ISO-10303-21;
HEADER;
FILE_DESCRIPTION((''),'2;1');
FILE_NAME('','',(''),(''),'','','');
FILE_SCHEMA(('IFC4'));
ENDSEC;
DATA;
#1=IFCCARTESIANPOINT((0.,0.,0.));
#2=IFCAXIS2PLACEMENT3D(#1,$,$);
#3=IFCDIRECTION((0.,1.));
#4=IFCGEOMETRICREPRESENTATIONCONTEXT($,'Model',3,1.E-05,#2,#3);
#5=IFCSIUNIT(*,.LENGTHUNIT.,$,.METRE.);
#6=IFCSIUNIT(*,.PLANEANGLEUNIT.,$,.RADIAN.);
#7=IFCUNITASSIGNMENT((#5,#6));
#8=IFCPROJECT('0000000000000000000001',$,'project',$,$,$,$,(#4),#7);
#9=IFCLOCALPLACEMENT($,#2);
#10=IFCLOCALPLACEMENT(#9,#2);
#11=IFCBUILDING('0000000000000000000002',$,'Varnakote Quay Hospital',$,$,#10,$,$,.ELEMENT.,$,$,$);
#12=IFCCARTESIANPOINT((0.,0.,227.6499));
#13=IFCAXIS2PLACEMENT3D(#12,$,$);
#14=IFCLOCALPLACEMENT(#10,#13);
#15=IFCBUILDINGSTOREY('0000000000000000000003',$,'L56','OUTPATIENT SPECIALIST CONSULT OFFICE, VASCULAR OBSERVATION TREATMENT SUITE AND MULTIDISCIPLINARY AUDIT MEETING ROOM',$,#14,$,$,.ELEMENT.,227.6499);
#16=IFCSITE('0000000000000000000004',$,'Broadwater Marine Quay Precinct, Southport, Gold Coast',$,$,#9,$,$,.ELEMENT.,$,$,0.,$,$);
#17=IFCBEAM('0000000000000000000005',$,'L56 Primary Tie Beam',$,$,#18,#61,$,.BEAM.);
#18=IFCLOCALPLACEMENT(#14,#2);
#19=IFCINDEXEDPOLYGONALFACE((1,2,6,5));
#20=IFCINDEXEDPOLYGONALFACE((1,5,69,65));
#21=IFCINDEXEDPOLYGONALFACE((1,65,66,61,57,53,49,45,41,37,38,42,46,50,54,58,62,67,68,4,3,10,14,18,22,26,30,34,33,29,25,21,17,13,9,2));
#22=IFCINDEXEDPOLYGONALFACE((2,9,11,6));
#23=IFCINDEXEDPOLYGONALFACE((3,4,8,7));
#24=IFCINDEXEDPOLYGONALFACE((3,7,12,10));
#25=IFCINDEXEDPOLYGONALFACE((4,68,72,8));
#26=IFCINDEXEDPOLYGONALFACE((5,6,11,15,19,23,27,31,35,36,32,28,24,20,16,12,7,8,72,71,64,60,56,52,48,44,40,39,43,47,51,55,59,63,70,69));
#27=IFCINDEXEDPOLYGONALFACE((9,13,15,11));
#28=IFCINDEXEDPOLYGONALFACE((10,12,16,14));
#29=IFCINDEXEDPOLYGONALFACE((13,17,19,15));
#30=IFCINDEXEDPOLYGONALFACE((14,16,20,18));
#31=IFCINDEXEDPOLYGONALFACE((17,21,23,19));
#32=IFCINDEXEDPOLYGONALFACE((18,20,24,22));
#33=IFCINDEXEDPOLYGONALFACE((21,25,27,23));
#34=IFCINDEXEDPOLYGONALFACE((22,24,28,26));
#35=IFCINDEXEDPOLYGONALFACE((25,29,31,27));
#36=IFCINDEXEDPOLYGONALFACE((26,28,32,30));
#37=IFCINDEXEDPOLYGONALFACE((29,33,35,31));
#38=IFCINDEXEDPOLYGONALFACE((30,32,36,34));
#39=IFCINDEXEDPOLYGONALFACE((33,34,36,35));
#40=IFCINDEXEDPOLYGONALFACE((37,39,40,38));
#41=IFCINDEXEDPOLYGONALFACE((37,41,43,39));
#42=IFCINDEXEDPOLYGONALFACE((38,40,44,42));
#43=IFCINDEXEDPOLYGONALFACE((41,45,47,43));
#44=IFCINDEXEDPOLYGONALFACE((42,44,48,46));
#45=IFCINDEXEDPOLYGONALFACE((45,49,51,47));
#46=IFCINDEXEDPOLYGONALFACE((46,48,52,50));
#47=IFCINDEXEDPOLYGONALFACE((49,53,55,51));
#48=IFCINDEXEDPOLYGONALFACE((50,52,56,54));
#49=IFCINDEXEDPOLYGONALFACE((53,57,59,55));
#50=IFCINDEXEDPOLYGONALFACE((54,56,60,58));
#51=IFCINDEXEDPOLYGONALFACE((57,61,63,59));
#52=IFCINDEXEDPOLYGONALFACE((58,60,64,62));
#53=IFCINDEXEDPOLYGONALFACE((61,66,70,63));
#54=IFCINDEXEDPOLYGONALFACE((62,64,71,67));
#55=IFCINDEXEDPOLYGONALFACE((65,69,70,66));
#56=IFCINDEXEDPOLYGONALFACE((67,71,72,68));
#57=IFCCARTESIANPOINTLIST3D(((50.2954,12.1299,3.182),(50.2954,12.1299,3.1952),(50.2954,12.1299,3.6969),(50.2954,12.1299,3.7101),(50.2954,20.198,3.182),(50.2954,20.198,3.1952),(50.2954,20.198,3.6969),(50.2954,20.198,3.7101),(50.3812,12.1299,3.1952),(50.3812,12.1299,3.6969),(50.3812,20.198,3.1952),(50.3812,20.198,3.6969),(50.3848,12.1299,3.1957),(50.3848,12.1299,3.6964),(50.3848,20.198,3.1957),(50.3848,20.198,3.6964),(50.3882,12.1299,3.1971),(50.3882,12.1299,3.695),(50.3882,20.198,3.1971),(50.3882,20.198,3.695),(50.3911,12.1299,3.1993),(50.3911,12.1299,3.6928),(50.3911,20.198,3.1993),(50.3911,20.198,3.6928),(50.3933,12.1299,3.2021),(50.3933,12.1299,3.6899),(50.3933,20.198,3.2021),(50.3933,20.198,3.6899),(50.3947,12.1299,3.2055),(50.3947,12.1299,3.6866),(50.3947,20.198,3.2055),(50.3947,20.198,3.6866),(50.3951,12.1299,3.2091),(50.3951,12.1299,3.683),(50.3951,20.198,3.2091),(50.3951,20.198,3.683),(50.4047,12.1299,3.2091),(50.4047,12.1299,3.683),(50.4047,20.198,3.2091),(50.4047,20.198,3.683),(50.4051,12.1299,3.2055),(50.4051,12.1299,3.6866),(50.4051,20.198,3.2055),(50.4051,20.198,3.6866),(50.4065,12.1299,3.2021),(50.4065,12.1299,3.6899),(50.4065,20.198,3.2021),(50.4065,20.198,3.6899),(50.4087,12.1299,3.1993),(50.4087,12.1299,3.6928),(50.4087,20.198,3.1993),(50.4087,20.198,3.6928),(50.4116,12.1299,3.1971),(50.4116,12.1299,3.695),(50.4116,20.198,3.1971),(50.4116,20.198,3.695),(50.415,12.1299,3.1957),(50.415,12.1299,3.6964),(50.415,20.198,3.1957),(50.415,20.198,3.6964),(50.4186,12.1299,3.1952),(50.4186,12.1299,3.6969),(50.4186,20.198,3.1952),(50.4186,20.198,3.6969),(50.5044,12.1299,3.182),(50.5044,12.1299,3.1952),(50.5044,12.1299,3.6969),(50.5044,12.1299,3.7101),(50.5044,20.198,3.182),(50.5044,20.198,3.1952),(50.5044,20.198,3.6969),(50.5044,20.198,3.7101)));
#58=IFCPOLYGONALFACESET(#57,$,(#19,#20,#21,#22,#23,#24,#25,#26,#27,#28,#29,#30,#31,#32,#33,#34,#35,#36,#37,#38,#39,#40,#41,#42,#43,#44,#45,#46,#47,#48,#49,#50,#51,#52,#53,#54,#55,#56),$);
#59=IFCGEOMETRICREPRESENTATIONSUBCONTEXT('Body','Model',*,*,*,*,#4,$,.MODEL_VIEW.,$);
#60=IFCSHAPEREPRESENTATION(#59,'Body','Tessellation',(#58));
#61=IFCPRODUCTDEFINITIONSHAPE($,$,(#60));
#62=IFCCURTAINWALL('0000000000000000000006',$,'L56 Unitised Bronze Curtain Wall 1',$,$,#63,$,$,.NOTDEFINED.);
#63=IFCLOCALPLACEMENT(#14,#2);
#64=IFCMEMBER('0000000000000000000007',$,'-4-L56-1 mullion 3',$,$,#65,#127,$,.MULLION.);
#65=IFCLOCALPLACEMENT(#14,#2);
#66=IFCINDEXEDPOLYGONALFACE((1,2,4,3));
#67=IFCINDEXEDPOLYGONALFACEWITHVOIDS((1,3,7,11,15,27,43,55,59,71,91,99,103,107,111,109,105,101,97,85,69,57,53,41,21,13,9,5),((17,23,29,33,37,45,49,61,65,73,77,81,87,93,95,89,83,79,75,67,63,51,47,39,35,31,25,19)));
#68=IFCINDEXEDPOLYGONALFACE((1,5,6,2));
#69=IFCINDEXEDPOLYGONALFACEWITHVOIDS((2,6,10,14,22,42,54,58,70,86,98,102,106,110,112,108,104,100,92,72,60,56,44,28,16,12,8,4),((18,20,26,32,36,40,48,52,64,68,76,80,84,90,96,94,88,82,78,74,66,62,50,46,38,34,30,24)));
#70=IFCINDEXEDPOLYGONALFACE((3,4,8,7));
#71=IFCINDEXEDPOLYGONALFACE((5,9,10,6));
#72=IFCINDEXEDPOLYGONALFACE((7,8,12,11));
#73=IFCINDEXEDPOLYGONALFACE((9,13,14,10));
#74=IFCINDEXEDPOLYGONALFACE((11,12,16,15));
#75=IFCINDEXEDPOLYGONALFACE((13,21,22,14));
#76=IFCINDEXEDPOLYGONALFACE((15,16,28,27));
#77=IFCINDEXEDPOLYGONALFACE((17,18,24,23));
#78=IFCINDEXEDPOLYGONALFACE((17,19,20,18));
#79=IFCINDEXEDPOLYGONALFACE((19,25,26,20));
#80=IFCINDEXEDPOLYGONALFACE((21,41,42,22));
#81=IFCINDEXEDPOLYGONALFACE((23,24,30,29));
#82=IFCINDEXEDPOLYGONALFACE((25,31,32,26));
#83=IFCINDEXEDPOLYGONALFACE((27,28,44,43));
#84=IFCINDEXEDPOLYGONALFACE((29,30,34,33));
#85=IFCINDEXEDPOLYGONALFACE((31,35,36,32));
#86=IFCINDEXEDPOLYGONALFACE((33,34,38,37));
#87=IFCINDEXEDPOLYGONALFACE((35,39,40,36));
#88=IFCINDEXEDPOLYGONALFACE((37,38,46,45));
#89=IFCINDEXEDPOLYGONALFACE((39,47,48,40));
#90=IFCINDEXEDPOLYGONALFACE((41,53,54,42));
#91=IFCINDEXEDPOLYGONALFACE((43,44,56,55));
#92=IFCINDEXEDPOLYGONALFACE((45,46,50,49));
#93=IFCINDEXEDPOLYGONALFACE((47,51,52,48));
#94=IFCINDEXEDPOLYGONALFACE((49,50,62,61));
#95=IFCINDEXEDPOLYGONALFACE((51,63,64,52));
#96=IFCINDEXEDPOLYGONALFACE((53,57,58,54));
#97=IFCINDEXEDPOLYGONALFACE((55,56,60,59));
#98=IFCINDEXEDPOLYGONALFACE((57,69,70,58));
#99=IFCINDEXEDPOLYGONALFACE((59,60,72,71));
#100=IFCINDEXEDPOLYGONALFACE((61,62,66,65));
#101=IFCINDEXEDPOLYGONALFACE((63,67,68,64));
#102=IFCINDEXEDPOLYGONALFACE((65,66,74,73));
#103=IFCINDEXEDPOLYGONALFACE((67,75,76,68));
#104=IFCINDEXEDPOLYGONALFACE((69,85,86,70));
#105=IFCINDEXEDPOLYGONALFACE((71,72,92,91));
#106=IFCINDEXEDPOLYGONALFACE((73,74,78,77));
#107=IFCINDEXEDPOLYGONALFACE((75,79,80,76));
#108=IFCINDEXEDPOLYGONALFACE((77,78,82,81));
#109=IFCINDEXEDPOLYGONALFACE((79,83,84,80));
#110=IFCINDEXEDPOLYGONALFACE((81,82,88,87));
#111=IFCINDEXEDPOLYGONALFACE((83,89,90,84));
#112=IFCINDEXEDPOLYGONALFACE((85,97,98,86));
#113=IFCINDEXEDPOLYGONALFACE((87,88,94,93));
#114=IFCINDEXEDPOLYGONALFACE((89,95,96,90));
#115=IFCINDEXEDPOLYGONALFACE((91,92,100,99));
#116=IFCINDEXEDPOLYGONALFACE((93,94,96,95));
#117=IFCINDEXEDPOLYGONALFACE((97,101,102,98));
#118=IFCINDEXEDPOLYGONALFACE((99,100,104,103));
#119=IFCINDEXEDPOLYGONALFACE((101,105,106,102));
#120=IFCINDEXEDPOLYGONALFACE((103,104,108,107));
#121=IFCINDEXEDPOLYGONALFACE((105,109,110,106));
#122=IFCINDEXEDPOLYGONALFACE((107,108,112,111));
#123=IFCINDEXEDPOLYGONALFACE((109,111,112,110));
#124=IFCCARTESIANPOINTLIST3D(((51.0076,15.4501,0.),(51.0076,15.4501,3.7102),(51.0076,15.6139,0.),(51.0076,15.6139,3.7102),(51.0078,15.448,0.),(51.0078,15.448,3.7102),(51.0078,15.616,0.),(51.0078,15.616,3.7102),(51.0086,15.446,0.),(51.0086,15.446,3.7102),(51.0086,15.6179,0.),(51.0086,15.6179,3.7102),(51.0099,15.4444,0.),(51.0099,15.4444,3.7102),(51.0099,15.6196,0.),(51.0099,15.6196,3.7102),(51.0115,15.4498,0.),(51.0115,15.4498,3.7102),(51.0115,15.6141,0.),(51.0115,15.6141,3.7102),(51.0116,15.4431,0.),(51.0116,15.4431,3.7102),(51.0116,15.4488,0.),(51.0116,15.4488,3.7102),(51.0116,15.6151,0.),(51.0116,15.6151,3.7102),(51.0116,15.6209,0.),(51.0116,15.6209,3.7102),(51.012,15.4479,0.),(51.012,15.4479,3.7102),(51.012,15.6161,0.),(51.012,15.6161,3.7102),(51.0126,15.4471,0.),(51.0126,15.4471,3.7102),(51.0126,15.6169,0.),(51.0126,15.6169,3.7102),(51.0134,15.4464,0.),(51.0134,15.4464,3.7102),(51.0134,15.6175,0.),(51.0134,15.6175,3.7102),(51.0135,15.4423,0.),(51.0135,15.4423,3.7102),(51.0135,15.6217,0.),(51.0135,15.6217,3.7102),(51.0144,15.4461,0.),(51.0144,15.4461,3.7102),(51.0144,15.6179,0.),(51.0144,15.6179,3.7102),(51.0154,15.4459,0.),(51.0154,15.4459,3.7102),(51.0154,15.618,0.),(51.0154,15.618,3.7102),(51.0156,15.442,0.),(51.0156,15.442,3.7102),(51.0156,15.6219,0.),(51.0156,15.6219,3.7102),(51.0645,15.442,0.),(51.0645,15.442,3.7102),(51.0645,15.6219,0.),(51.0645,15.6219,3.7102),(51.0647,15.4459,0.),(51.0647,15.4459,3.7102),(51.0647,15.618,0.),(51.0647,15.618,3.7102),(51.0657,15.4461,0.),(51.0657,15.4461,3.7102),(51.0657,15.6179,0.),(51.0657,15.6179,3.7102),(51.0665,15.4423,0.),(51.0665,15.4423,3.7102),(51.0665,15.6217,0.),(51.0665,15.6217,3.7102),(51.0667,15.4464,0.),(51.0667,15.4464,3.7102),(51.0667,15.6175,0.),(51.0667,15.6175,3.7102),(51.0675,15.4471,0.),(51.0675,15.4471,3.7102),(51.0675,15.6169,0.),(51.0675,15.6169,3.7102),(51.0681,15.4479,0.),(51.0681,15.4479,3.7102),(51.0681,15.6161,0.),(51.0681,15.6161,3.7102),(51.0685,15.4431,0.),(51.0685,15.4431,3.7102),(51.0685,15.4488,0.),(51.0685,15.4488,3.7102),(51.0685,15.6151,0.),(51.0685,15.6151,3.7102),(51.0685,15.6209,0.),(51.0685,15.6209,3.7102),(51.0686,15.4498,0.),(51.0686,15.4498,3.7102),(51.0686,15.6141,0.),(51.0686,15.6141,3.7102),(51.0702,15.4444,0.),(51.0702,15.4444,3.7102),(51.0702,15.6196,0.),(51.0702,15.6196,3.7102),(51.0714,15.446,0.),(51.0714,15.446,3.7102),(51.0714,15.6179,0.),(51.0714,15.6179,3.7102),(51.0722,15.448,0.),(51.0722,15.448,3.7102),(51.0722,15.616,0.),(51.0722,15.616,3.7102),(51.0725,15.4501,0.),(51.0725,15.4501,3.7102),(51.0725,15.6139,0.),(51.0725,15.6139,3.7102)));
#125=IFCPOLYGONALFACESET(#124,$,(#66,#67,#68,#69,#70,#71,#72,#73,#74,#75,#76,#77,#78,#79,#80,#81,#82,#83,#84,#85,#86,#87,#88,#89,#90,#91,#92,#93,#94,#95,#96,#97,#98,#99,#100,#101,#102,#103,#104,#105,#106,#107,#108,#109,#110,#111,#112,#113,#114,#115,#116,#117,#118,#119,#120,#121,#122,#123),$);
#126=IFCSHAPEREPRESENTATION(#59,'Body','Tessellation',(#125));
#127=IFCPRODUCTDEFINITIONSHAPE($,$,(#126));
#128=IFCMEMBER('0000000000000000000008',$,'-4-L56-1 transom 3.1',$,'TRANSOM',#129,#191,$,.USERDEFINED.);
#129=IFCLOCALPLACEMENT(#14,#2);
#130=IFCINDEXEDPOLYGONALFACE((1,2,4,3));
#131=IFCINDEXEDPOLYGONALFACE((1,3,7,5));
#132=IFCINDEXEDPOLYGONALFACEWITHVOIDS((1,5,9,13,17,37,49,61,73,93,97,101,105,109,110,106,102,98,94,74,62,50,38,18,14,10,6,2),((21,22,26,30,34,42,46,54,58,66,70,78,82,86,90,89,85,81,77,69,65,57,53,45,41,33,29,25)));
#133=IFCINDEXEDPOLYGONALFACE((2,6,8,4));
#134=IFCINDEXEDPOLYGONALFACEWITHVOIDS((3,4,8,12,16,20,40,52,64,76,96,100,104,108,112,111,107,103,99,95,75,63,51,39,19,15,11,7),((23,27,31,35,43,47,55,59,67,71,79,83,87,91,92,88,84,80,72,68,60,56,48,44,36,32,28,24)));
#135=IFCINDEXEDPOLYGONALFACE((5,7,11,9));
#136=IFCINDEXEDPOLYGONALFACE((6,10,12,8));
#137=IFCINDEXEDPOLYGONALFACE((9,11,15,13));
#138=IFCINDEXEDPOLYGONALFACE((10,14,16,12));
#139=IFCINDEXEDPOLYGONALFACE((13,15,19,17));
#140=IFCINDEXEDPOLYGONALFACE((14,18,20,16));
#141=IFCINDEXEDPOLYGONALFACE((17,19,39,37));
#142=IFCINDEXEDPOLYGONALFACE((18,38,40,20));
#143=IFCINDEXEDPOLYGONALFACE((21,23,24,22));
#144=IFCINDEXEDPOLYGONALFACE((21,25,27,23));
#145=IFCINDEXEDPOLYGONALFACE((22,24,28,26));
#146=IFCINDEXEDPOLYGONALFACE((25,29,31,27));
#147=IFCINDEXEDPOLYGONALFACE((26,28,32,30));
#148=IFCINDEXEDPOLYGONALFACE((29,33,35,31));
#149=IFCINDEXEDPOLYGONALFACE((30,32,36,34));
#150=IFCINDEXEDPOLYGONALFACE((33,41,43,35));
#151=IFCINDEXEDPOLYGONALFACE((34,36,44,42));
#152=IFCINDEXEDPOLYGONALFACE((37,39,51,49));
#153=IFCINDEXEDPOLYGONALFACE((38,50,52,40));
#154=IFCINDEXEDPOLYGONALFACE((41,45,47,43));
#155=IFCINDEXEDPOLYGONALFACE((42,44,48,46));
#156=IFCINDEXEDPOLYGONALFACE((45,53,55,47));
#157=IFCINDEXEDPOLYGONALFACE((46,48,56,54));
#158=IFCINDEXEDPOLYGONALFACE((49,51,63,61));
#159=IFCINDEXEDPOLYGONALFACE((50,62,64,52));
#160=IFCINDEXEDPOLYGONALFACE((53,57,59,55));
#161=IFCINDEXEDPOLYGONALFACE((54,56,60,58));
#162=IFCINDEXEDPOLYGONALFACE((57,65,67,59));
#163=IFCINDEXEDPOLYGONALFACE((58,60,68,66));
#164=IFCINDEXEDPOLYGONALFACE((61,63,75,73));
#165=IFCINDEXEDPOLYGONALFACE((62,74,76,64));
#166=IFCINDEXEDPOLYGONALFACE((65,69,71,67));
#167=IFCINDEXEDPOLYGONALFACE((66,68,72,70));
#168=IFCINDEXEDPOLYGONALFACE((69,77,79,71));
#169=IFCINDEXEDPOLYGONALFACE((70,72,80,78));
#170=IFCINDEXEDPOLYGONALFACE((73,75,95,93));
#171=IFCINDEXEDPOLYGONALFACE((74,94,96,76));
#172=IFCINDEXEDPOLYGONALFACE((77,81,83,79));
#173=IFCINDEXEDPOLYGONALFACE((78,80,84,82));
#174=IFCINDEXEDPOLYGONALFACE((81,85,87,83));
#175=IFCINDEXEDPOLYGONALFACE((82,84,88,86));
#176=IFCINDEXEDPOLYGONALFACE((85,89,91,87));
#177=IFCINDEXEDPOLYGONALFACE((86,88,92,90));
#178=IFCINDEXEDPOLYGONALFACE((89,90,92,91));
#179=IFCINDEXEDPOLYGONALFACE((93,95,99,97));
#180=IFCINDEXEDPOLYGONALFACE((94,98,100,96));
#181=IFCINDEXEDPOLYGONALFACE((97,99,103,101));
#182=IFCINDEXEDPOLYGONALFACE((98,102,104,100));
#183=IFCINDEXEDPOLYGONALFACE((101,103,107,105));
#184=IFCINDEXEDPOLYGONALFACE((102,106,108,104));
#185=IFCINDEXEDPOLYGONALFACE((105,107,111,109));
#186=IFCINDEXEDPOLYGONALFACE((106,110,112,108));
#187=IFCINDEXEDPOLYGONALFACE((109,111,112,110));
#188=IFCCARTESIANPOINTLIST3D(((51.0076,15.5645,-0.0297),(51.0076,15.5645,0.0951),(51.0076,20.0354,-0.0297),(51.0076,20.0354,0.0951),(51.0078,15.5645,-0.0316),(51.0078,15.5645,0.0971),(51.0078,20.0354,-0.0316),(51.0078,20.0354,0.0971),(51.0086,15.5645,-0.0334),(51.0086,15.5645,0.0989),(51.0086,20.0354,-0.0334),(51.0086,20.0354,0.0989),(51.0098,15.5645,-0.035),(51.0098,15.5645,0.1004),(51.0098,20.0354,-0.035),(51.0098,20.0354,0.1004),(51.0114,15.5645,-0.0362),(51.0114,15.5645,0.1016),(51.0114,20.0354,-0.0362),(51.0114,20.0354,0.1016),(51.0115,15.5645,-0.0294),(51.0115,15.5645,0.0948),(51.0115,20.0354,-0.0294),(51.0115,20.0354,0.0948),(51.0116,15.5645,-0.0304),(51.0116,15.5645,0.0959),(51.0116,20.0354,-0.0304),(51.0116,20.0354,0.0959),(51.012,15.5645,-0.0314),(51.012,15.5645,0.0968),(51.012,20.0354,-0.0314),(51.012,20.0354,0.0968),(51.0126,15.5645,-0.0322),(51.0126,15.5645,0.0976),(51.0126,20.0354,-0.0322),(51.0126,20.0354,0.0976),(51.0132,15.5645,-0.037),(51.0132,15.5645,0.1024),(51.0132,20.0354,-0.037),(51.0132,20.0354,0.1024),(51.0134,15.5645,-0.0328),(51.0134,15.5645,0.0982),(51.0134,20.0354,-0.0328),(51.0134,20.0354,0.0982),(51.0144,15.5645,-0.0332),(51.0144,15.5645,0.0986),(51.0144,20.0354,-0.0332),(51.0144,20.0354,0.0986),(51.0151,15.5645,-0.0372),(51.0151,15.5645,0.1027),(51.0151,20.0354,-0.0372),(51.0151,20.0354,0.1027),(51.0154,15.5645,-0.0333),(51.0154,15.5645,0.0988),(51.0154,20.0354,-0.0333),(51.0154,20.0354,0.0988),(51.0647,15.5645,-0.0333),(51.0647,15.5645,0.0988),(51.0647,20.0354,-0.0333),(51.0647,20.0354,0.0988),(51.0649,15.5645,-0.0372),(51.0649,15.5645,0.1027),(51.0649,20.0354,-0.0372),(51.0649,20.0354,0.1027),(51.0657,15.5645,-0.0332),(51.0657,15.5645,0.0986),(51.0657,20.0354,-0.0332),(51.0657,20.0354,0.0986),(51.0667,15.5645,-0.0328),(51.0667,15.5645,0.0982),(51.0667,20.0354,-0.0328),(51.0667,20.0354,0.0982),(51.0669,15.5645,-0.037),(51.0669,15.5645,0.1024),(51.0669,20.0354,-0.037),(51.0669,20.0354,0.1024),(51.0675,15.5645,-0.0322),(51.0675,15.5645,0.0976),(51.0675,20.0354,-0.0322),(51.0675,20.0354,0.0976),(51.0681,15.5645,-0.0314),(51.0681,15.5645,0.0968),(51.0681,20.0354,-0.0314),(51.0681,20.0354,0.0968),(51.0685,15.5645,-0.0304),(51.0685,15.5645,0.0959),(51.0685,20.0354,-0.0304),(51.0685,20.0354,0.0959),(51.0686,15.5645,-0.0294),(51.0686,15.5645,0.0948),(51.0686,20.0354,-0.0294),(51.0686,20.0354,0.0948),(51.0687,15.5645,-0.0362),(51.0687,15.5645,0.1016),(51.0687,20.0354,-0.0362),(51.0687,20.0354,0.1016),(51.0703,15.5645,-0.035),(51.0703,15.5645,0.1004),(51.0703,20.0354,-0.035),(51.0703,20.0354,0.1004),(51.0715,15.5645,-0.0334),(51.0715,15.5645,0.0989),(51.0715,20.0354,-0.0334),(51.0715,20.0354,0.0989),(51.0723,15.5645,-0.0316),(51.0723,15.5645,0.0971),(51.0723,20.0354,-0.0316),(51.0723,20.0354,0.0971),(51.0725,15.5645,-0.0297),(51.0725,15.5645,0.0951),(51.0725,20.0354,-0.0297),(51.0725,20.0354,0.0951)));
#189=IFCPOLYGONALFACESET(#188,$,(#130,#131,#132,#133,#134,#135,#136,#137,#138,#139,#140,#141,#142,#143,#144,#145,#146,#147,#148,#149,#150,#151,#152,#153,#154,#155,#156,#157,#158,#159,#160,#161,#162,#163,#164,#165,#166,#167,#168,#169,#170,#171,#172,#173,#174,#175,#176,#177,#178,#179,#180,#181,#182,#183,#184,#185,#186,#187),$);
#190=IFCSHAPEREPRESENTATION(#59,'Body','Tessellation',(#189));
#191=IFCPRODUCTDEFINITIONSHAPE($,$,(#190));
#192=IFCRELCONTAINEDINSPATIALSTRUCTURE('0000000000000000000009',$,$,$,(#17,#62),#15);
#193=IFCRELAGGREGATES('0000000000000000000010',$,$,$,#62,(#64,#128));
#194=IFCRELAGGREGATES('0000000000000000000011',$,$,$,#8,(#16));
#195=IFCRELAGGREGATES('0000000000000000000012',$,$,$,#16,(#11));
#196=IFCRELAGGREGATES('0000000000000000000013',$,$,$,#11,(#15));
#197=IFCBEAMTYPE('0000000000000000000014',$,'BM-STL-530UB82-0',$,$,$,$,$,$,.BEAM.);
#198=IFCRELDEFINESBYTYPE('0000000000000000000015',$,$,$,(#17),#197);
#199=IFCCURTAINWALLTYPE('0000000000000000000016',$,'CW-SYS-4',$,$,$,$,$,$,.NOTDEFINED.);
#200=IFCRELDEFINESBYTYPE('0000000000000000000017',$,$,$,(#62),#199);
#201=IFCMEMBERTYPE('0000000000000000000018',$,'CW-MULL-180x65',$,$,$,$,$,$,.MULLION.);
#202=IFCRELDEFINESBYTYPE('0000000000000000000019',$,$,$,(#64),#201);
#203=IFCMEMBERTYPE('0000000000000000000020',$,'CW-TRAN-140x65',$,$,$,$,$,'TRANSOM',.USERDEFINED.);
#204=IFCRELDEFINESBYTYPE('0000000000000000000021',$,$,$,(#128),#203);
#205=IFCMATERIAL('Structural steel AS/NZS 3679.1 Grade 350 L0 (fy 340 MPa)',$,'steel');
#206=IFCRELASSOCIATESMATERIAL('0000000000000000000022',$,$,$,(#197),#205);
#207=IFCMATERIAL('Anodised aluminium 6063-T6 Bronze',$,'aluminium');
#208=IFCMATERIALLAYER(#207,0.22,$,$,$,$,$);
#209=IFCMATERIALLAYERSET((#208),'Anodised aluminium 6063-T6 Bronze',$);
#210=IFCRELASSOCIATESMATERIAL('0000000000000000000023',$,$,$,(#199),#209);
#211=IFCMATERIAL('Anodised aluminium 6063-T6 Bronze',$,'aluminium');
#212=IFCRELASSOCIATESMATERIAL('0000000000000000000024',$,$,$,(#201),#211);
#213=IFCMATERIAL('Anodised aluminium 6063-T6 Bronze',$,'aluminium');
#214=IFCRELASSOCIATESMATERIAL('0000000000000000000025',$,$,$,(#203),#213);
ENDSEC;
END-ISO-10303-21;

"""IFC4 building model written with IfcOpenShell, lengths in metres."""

from ifc_helpers import new_model, si_unit, direction, frame, origin, origin_2d, place, context, subcontext, project, spatial, hollow_rectangle, i_section, extrude, material, layer, layer_set, material_profile, profile_set, type_object, element, aggregate, save


model = new_model("IFC4")

# Units and contexts
model_context = context("Model", 3, precision=1e-05, world=origin(), true_north=direction((0.0, 1.0)))
body_context = subcontext(model_context, "Body", "Model", "MODEL_VIEW")
ifc_project = project(units=[si_unit("LENGTHUNIT", "METRE"), si_unit("PLANEANGLEUNIT", "RADIAN")], contexts=[model_context])

# Site, building, storey
site_placement = place(None, origin())
site = spatial("IfcSite", under=ifc_project, at=site_placement, Name="Broadwater Marine Quay Precinct, Southport, Gold Coast", CompositionType="ELEMENT", RefElevation=0.0)
building_placement = place(site_placement, origin())
building = spatial("IfcBuilding", under=site, at=building_placement, Name="Varnakote Quay Hospital", CompositionType="ELEMENT")
storey_placement = place(building_placement, frame((0.0, 0.0, 227.6499)))
storey = spatial("IfcBuildingStorey", under=building, at=storey_placement, Name="L56", Description="OUTPATIENT SPECIALIST CONSULT OFFICE, VASCULAR OBSERVATION TREATMENT SUITE AND MULTIDISCIPLINARY AUDIT MEETING ROOM", CompositionType="ELEMENT", Elevation=227.6499)

# Beam
ifc_material_1 = material(Name="Structural steel AS/NZS 3679.1 Grade 350 L0 (fy 340 MPa)", Category="steel")
ifc_material_profile_1 = material_profile(ifc_material_1, i_section(OverallWidth=0.209, OverallDepth=0.5281, WebThickness=0.0095, FlangeThickness=0.0132, FilletRadius=0.0139, at=origin_2d()), Name="530UB82.0")
ifc_profile_set_1 = profile_set([ifc_material_profile_1], Name="Structural steel AS/NZS 3679.1 Grade 350 L0 (fy 340 MPa)")
beam_type = type_object("IfcBeamType", Name="BM-STL-530UB82-0", PredefinedType="BEAM", material=ifc_profile_set_1)
beam_placement = place(storey_placement, frame((50.3999, 12.1299, 3.446), z_axis=(0.0, 1.0, 0.0), x_axis=(-1.0, 0.0, 0.0)))
element("IfcBeam", 1, at=beam_placement, inside=storey, type_object=beam_type, Name="L56 Primary Tie Beam", PredefinedType="BEAM", context=body_context, shape_type="SweptSolid", body=[
    extrude(i_section(OverallWidth=0.209, OverallDepth=0.5281, WebThickness=0.0095, FlangeThickness=0.0132, FilletRadius=0.0139, at=origin_2d()), origin(), (0.0, 0.0, 1.0), 8.0681),
])

# Curtain wall, members
ifc_material_2 = material(Name="Anodised aluminium 6063-T6 Bronze", Category="aluminium")
ifc_layer_1 = layer(ifc_material_2, 0.22)
ifc_layer_set_1 = layer_set([ifc_layer_1], Name="Anodised aluminium 6063-T6 Bronze")
curtain_wall_type = type_object("IfcCurtainWallType", Name="CW-SYS-4", PredefinedType="NOTDEFINED", material=ifc_layer_set_1)
curtain_wall_placement = place(storey_placement, origin())
curtain_wall = element("IfcCurtainWall", 2, at=curtain_wall_placement, inside=storey, type_object=curtain_wall_type, Name="L56 Unitised Bronze Curtain Wall 1", PredefinedType="NOTDEFINED")
ifc_material_3 = material(Name="Anodised aluminium 6063-T6 Bronze", Category="aluminium")
ifc_material_profile_2 = material_profile(ifc_material_3, hollow_rectangle(XDim=0.0649, YDim=0.1799, WallThickness=0.0039, InnerFilletRadius=0.0039, OuterFilletRadius=0.0081, at=origin_2d()), Name="CW-MULL-180x65")
ifc_profile_set_2 = profile_set([ifc_material_profile_2], Name="Anodised aluminium 6063-T6 Bronze")
member_type_1 = type_object("IfcMemberType", Name="CW-MULL-180x65", PredefinedType="MULLION", material=ifc_profile_set_2)
member_1_placement = place(storey_placement, frame((51.04, 15.532, 0.0), z_axis=(0.0, 0.0, 1.0), x_axis=(-1.0, 0.0, 0.0)))
member_1 = element("IfcMember", 3, at=member_1_placement, type_object=member_type_1, Name="-4-L56-1 mullion 3", PredefinedType="MULLION", context=body_context, shape_type="SweptSolid", body=[
    extrude(hollow_rectangle(XDim=0.0649, YDim=0.1799, WallThickness=0.0039, InnerFilletRadius=0.0039, OuterFilletRadius=0.0081, at=origin_2d()), origin(), (0.0, 0.0, 1.0), 3.7102),
])
ifc_material_4 = material(Name="Anodised aluminium 6063-T6 Bronze", Category="aluminium")
ifc_material_profile_3 = material_profile(ifc_material_4, hollow_rectangle(XDim=0.0649, YDim=0.1399, WallThickness=0.0039, InnerFilletRadius=0.0039, OuterFilletRadius=0.0076, at=origin_2d()), Name="CW-TRAN-140x65")
ifc_profile_set_3 = profile_set([ifc_material_profile_3], Name="Anodised aluminium 6063-T6 Bronze")
member_type_2 = type_object("IfcMemberType", Name="CW-TRAN-140x65", ElementType="TRANSOM", PredefinedType="USERDEFINED", material=ifc_profile_set_3)
member_2_placement = place(storey_placement, frame((51.04, 15.5645, 0.0327), z_axis=(0.0, 1.0, 0.0), x_axis=(-1.0, 0.0, 0.0)))
member_2 = element("IfcMember", 4, at=member_2_placement, type_object=member_type_2, Name="-4-L56-1 transom 3.1", ObjectType="TRANSOM", PredefinedType="USERDEFINED", context=body_context, shape_type="SweptSolid", body=[
    extrude(hollow_rectangle(XDim=0.0649, YDim=0.1399, WallThickness=0.0039, InnerFilletRadius=0.0039, OuterFilletRadius=0.0076, at=origin_2d()), origin(), (0.0, 0.0, 1.0), 4.4709),
])
aggregate(curtain_wall, [member_1, member_2])

save(model, "model.ifc")
